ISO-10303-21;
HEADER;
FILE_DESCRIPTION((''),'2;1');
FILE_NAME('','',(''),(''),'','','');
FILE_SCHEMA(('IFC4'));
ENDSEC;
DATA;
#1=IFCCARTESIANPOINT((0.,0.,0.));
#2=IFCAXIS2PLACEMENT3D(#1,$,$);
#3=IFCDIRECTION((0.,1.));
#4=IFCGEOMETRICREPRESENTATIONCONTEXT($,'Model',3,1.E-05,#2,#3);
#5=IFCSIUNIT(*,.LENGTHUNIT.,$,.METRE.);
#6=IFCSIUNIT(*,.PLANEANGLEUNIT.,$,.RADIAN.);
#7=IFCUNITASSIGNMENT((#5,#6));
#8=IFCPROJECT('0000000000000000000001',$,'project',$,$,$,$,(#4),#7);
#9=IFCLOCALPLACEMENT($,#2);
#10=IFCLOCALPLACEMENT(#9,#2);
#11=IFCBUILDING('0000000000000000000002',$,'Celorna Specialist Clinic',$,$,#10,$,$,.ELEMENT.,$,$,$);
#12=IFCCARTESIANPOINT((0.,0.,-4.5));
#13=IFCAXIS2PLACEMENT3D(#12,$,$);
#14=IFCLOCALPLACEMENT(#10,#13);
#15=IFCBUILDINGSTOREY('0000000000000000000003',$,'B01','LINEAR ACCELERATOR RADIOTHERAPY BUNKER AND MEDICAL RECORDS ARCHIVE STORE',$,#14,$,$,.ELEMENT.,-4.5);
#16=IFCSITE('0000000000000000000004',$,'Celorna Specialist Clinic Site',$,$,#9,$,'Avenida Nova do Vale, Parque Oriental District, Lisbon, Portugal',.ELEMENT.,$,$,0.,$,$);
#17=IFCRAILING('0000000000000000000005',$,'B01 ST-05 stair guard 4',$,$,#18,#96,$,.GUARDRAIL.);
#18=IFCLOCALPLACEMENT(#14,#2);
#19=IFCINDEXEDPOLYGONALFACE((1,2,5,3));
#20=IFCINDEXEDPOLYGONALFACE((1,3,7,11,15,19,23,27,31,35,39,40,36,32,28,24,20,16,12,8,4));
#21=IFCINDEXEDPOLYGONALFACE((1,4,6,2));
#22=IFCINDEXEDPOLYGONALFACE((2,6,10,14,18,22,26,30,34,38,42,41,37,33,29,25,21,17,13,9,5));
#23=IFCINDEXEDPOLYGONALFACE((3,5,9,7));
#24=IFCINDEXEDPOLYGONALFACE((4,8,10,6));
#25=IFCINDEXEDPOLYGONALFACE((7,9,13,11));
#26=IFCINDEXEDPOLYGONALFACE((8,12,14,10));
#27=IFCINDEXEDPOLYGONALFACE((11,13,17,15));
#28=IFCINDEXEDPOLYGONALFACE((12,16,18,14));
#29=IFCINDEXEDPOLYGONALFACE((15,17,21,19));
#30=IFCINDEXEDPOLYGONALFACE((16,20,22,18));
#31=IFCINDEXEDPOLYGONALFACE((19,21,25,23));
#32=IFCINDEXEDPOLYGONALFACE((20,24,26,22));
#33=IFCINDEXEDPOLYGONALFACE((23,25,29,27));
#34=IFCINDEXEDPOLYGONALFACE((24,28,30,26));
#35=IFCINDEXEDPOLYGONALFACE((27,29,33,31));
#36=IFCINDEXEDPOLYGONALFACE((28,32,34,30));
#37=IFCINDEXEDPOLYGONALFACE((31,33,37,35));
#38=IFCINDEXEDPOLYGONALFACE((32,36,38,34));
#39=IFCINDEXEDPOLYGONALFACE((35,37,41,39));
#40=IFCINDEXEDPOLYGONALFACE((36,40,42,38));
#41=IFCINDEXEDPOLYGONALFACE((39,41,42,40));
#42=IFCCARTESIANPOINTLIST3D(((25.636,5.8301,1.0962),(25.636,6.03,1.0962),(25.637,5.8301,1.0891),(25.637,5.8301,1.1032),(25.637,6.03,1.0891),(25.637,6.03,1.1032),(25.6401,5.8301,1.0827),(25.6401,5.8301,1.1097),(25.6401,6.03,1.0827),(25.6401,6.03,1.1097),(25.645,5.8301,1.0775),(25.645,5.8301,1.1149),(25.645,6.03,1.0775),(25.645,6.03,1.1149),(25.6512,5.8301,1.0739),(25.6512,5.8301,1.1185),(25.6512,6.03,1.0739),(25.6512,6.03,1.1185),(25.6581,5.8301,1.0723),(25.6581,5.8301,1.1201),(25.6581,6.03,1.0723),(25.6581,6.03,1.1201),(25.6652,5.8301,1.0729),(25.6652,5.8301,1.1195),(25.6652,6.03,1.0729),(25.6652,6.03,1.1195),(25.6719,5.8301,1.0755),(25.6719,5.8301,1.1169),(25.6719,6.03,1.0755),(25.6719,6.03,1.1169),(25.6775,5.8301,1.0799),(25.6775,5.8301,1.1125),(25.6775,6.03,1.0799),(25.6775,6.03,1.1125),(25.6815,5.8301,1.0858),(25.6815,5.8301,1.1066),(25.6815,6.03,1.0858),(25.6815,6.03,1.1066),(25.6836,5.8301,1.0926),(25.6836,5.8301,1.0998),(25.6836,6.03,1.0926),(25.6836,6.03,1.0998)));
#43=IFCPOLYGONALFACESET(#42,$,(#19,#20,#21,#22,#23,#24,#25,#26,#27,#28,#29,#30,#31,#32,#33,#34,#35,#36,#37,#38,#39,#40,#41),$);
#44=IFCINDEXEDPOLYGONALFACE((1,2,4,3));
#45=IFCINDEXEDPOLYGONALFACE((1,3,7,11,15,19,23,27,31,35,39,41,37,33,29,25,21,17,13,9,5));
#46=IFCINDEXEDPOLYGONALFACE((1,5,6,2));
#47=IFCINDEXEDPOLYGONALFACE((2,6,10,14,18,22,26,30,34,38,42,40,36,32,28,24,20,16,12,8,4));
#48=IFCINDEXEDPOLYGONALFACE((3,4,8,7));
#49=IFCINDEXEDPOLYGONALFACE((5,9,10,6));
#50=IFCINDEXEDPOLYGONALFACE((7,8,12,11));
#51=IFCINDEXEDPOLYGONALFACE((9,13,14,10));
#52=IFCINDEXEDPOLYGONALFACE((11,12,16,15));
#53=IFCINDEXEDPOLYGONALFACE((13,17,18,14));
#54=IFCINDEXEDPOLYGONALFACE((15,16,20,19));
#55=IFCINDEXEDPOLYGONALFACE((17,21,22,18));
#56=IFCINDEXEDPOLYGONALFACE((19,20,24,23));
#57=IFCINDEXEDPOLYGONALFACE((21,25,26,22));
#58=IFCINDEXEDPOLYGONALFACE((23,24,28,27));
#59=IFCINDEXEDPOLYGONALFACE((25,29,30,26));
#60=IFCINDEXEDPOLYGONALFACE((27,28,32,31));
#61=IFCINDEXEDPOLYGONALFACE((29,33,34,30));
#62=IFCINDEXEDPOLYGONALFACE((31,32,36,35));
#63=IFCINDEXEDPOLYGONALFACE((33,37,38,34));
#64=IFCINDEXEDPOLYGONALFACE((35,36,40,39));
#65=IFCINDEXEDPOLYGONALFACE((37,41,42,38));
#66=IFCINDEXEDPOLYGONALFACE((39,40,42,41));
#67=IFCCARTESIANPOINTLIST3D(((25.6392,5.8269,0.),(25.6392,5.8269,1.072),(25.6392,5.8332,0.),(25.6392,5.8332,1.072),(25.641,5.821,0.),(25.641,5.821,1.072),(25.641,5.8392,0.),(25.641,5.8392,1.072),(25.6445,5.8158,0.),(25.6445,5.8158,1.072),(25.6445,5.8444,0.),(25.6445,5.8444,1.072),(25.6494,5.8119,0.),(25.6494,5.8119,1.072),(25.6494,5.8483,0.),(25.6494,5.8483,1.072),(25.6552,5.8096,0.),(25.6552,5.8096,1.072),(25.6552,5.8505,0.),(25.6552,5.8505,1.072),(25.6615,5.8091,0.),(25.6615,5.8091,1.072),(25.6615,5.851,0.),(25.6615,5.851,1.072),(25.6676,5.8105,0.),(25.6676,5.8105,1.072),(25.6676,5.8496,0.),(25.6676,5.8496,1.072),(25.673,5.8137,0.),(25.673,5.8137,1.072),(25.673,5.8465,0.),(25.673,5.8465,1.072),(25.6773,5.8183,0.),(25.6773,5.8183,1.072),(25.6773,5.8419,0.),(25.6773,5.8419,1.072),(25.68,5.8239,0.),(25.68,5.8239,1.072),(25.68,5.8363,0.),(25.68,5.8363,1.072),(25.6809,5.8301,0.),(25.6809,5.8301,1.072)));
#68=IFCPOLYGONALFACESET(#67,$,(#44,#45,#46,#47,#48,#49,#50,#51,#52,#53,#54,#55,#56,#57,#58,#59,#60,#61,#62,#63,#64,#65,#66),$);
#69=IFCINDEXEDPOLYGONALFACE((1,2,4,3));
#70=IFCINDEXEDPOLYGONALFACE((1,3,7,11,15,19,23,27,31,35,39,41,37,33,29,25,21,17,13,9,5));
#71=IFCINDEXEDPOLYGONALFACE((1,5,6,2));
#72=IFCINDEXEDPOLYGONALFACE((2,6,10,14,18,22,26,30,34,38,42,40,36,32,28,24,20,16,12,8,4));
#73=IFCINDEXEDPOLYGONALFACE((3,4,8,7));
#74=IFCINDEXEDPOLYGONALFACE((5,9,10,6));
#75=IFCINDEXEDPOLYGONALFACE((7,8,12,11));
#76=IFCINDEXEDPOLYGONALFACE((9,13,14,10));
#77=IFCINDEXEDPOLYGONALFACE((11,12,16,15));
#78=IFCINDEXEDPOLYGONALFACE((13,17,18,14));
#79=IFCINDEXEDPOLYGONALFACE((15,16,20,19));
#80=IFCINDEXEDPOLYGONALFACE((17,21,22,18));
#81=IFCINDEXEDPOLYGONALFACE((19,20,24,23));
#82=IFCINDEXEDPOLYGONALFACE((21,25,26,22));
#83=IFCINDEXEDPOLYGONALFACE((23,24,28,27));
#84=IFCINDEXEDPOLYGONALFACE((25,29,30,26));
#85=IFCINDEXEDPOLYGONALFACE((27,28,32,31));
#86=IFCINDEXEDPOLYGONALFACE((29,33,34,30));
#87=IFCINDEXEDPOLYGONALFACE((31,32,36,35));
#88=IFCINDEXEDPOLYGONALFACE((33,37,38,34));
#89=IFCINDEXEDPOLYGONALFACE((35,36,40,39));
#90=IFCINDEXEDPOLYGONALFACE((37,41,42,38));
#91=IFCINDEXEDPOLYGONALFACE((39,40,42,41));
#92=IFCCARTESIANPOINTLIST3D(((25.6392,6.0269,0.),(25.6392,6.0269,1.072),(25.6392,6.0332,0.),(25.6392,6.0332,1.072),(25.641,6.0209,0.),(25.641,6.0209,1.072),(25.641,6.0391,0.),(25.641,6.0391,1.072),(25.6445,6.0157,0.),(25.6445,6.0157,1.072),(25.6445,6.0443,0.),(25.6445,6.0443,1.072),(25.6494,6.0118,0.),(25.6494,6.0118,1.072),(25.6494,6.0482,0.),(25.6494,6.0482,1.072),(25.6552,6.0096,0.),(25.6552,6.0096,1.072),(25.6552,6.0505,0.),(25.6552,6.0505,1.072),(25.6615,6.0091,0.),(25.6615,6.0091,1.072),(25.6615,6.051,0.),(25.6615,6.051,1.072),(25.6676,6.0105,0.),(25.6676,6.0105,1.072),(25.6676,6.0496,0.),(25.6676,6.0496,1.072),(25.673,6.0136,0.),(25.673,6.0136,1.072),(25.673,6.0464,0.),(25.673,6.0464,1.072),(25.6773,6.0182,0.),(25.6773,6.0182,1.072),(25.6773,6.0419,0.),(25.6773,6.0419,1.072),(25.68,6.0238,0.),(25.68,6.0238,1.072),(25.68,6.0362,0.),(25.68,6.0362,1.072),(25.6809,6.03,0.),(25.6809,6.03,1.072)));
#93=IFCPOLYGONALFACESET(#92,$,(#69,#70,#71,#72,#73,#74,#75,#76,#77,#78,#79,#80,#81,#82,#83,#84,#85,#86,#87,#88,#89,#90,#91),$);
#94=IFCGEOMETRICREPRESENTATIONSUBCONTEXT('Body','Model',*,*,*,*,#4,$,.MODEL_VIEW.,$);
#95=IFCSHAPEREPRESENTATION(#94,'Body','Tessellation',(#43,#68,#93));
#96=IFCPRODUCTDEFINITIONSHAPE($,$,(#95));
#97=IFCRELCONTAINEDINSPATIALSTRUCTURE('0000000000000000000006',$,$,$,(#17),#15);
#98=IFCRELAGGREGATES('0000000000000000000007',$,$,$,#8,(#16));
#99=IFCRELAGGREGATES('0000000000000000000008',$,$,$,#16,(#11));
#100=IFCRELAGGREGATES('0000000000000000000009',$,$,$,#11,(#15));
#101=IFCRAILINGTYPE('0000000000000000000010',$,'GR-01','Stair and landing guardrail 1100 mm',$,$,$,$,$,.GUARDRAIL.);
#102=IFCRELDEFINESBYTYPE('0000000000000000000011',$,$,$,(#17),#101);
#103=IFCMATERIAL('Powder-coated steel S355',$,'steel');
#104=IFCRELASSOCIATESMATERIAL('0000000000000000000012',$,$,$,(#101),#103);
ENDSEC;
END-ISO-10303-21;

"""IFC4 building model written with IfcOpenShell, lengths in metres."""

from ifc_helpers import new_model, si_unit, direction, frame, origin, origin_2d, place, context, subcontext, project, spatial, circle, extrude, material, type_object, element, save


model = new_model("IFC4")

# Units and contexts
model_context = context("Model", 3, precision=1e-05, world=origin(), true_north=direction((0.0, 1.0)))
body_context = subcontext(model_context, "Body", "Model", "MODEL_VIEW")
ifc_project = project(units=[si_unit("LENGTHUNIT", "METRE"), si_unit("PLANEANGLEUNIT", "RADIAN")], contexts=[model_context])

# Site, building, storey
site_placement = place(None, origin())
site = spatial("IfcSite", under=ifc_project, at=site_placement, Name="Celorna Specialist Clinic Site", LongName="Avenida Nova do Vale, Parque Oriental District, Lisbon, Portugal", CompositionType="ELEMENT", RefElevation=0.0)
building_placement = place(site_placement, origin())
building = spatial("IfcBuilding", under=site, at=building_placement, Name="Celorna Specialist Clinic", CompositionType="ELEMENT")
storey_placement = place(building_placement, frame((0.0, 0.0, -4.5)))
storey = spatial("IfcBuildingStorey", under=building, at=storey_placement, Name="B01", Description="LINEAR ACCELERATOR RADIOTHERAPY BUNKER AND MEDICAL RECORDS ARCHIVE STORE", CompositionType="ELEMENT", Elevation=-4.5)

# Railing
ifc_material_1 = material(Name="Powder-coated steel S355", Category="steel")
railing_type_1 = type_object("IfcRailingType", Name="GR-01", Description="Stair and landing guardrail 1100 mm", PredefinedType="GUARDRAIL", material=ifc_material_1)
railing_1_placement = place(storey_placement, frame((25.6599, 5.8301, 0.0)))
element("IfcRailing", 1, at=railing_1_placement, inside=storey, type_object=railing_type_1, Name="B01 ST-05 stair guard 4", PredefinedType="GUARDRAIL", context=body_context, shape_type="SweptSolid", body=[
    extrude(circle(Radius=0.0239, at=origin_2d()), frame((0.0, 0.0, 1.0962), z_axis=(0.0, 1.0, 0.0), x_axis=(-1.0, 0.0, 0.0)), (0.0, 0.0, 1.0), 0.2),
    extrude(circle(Radius=0.021, at=origin_2d()), origin(), (0.0, 0.0, 1.0), 1.072),
    extrude(circle(Radius=0.021, at=origin_2d()), frame((0.0, 0.2, 0.0)), (0.0, 0.0, 1.0), 1.072),
])

save(model, "model.ifc")
